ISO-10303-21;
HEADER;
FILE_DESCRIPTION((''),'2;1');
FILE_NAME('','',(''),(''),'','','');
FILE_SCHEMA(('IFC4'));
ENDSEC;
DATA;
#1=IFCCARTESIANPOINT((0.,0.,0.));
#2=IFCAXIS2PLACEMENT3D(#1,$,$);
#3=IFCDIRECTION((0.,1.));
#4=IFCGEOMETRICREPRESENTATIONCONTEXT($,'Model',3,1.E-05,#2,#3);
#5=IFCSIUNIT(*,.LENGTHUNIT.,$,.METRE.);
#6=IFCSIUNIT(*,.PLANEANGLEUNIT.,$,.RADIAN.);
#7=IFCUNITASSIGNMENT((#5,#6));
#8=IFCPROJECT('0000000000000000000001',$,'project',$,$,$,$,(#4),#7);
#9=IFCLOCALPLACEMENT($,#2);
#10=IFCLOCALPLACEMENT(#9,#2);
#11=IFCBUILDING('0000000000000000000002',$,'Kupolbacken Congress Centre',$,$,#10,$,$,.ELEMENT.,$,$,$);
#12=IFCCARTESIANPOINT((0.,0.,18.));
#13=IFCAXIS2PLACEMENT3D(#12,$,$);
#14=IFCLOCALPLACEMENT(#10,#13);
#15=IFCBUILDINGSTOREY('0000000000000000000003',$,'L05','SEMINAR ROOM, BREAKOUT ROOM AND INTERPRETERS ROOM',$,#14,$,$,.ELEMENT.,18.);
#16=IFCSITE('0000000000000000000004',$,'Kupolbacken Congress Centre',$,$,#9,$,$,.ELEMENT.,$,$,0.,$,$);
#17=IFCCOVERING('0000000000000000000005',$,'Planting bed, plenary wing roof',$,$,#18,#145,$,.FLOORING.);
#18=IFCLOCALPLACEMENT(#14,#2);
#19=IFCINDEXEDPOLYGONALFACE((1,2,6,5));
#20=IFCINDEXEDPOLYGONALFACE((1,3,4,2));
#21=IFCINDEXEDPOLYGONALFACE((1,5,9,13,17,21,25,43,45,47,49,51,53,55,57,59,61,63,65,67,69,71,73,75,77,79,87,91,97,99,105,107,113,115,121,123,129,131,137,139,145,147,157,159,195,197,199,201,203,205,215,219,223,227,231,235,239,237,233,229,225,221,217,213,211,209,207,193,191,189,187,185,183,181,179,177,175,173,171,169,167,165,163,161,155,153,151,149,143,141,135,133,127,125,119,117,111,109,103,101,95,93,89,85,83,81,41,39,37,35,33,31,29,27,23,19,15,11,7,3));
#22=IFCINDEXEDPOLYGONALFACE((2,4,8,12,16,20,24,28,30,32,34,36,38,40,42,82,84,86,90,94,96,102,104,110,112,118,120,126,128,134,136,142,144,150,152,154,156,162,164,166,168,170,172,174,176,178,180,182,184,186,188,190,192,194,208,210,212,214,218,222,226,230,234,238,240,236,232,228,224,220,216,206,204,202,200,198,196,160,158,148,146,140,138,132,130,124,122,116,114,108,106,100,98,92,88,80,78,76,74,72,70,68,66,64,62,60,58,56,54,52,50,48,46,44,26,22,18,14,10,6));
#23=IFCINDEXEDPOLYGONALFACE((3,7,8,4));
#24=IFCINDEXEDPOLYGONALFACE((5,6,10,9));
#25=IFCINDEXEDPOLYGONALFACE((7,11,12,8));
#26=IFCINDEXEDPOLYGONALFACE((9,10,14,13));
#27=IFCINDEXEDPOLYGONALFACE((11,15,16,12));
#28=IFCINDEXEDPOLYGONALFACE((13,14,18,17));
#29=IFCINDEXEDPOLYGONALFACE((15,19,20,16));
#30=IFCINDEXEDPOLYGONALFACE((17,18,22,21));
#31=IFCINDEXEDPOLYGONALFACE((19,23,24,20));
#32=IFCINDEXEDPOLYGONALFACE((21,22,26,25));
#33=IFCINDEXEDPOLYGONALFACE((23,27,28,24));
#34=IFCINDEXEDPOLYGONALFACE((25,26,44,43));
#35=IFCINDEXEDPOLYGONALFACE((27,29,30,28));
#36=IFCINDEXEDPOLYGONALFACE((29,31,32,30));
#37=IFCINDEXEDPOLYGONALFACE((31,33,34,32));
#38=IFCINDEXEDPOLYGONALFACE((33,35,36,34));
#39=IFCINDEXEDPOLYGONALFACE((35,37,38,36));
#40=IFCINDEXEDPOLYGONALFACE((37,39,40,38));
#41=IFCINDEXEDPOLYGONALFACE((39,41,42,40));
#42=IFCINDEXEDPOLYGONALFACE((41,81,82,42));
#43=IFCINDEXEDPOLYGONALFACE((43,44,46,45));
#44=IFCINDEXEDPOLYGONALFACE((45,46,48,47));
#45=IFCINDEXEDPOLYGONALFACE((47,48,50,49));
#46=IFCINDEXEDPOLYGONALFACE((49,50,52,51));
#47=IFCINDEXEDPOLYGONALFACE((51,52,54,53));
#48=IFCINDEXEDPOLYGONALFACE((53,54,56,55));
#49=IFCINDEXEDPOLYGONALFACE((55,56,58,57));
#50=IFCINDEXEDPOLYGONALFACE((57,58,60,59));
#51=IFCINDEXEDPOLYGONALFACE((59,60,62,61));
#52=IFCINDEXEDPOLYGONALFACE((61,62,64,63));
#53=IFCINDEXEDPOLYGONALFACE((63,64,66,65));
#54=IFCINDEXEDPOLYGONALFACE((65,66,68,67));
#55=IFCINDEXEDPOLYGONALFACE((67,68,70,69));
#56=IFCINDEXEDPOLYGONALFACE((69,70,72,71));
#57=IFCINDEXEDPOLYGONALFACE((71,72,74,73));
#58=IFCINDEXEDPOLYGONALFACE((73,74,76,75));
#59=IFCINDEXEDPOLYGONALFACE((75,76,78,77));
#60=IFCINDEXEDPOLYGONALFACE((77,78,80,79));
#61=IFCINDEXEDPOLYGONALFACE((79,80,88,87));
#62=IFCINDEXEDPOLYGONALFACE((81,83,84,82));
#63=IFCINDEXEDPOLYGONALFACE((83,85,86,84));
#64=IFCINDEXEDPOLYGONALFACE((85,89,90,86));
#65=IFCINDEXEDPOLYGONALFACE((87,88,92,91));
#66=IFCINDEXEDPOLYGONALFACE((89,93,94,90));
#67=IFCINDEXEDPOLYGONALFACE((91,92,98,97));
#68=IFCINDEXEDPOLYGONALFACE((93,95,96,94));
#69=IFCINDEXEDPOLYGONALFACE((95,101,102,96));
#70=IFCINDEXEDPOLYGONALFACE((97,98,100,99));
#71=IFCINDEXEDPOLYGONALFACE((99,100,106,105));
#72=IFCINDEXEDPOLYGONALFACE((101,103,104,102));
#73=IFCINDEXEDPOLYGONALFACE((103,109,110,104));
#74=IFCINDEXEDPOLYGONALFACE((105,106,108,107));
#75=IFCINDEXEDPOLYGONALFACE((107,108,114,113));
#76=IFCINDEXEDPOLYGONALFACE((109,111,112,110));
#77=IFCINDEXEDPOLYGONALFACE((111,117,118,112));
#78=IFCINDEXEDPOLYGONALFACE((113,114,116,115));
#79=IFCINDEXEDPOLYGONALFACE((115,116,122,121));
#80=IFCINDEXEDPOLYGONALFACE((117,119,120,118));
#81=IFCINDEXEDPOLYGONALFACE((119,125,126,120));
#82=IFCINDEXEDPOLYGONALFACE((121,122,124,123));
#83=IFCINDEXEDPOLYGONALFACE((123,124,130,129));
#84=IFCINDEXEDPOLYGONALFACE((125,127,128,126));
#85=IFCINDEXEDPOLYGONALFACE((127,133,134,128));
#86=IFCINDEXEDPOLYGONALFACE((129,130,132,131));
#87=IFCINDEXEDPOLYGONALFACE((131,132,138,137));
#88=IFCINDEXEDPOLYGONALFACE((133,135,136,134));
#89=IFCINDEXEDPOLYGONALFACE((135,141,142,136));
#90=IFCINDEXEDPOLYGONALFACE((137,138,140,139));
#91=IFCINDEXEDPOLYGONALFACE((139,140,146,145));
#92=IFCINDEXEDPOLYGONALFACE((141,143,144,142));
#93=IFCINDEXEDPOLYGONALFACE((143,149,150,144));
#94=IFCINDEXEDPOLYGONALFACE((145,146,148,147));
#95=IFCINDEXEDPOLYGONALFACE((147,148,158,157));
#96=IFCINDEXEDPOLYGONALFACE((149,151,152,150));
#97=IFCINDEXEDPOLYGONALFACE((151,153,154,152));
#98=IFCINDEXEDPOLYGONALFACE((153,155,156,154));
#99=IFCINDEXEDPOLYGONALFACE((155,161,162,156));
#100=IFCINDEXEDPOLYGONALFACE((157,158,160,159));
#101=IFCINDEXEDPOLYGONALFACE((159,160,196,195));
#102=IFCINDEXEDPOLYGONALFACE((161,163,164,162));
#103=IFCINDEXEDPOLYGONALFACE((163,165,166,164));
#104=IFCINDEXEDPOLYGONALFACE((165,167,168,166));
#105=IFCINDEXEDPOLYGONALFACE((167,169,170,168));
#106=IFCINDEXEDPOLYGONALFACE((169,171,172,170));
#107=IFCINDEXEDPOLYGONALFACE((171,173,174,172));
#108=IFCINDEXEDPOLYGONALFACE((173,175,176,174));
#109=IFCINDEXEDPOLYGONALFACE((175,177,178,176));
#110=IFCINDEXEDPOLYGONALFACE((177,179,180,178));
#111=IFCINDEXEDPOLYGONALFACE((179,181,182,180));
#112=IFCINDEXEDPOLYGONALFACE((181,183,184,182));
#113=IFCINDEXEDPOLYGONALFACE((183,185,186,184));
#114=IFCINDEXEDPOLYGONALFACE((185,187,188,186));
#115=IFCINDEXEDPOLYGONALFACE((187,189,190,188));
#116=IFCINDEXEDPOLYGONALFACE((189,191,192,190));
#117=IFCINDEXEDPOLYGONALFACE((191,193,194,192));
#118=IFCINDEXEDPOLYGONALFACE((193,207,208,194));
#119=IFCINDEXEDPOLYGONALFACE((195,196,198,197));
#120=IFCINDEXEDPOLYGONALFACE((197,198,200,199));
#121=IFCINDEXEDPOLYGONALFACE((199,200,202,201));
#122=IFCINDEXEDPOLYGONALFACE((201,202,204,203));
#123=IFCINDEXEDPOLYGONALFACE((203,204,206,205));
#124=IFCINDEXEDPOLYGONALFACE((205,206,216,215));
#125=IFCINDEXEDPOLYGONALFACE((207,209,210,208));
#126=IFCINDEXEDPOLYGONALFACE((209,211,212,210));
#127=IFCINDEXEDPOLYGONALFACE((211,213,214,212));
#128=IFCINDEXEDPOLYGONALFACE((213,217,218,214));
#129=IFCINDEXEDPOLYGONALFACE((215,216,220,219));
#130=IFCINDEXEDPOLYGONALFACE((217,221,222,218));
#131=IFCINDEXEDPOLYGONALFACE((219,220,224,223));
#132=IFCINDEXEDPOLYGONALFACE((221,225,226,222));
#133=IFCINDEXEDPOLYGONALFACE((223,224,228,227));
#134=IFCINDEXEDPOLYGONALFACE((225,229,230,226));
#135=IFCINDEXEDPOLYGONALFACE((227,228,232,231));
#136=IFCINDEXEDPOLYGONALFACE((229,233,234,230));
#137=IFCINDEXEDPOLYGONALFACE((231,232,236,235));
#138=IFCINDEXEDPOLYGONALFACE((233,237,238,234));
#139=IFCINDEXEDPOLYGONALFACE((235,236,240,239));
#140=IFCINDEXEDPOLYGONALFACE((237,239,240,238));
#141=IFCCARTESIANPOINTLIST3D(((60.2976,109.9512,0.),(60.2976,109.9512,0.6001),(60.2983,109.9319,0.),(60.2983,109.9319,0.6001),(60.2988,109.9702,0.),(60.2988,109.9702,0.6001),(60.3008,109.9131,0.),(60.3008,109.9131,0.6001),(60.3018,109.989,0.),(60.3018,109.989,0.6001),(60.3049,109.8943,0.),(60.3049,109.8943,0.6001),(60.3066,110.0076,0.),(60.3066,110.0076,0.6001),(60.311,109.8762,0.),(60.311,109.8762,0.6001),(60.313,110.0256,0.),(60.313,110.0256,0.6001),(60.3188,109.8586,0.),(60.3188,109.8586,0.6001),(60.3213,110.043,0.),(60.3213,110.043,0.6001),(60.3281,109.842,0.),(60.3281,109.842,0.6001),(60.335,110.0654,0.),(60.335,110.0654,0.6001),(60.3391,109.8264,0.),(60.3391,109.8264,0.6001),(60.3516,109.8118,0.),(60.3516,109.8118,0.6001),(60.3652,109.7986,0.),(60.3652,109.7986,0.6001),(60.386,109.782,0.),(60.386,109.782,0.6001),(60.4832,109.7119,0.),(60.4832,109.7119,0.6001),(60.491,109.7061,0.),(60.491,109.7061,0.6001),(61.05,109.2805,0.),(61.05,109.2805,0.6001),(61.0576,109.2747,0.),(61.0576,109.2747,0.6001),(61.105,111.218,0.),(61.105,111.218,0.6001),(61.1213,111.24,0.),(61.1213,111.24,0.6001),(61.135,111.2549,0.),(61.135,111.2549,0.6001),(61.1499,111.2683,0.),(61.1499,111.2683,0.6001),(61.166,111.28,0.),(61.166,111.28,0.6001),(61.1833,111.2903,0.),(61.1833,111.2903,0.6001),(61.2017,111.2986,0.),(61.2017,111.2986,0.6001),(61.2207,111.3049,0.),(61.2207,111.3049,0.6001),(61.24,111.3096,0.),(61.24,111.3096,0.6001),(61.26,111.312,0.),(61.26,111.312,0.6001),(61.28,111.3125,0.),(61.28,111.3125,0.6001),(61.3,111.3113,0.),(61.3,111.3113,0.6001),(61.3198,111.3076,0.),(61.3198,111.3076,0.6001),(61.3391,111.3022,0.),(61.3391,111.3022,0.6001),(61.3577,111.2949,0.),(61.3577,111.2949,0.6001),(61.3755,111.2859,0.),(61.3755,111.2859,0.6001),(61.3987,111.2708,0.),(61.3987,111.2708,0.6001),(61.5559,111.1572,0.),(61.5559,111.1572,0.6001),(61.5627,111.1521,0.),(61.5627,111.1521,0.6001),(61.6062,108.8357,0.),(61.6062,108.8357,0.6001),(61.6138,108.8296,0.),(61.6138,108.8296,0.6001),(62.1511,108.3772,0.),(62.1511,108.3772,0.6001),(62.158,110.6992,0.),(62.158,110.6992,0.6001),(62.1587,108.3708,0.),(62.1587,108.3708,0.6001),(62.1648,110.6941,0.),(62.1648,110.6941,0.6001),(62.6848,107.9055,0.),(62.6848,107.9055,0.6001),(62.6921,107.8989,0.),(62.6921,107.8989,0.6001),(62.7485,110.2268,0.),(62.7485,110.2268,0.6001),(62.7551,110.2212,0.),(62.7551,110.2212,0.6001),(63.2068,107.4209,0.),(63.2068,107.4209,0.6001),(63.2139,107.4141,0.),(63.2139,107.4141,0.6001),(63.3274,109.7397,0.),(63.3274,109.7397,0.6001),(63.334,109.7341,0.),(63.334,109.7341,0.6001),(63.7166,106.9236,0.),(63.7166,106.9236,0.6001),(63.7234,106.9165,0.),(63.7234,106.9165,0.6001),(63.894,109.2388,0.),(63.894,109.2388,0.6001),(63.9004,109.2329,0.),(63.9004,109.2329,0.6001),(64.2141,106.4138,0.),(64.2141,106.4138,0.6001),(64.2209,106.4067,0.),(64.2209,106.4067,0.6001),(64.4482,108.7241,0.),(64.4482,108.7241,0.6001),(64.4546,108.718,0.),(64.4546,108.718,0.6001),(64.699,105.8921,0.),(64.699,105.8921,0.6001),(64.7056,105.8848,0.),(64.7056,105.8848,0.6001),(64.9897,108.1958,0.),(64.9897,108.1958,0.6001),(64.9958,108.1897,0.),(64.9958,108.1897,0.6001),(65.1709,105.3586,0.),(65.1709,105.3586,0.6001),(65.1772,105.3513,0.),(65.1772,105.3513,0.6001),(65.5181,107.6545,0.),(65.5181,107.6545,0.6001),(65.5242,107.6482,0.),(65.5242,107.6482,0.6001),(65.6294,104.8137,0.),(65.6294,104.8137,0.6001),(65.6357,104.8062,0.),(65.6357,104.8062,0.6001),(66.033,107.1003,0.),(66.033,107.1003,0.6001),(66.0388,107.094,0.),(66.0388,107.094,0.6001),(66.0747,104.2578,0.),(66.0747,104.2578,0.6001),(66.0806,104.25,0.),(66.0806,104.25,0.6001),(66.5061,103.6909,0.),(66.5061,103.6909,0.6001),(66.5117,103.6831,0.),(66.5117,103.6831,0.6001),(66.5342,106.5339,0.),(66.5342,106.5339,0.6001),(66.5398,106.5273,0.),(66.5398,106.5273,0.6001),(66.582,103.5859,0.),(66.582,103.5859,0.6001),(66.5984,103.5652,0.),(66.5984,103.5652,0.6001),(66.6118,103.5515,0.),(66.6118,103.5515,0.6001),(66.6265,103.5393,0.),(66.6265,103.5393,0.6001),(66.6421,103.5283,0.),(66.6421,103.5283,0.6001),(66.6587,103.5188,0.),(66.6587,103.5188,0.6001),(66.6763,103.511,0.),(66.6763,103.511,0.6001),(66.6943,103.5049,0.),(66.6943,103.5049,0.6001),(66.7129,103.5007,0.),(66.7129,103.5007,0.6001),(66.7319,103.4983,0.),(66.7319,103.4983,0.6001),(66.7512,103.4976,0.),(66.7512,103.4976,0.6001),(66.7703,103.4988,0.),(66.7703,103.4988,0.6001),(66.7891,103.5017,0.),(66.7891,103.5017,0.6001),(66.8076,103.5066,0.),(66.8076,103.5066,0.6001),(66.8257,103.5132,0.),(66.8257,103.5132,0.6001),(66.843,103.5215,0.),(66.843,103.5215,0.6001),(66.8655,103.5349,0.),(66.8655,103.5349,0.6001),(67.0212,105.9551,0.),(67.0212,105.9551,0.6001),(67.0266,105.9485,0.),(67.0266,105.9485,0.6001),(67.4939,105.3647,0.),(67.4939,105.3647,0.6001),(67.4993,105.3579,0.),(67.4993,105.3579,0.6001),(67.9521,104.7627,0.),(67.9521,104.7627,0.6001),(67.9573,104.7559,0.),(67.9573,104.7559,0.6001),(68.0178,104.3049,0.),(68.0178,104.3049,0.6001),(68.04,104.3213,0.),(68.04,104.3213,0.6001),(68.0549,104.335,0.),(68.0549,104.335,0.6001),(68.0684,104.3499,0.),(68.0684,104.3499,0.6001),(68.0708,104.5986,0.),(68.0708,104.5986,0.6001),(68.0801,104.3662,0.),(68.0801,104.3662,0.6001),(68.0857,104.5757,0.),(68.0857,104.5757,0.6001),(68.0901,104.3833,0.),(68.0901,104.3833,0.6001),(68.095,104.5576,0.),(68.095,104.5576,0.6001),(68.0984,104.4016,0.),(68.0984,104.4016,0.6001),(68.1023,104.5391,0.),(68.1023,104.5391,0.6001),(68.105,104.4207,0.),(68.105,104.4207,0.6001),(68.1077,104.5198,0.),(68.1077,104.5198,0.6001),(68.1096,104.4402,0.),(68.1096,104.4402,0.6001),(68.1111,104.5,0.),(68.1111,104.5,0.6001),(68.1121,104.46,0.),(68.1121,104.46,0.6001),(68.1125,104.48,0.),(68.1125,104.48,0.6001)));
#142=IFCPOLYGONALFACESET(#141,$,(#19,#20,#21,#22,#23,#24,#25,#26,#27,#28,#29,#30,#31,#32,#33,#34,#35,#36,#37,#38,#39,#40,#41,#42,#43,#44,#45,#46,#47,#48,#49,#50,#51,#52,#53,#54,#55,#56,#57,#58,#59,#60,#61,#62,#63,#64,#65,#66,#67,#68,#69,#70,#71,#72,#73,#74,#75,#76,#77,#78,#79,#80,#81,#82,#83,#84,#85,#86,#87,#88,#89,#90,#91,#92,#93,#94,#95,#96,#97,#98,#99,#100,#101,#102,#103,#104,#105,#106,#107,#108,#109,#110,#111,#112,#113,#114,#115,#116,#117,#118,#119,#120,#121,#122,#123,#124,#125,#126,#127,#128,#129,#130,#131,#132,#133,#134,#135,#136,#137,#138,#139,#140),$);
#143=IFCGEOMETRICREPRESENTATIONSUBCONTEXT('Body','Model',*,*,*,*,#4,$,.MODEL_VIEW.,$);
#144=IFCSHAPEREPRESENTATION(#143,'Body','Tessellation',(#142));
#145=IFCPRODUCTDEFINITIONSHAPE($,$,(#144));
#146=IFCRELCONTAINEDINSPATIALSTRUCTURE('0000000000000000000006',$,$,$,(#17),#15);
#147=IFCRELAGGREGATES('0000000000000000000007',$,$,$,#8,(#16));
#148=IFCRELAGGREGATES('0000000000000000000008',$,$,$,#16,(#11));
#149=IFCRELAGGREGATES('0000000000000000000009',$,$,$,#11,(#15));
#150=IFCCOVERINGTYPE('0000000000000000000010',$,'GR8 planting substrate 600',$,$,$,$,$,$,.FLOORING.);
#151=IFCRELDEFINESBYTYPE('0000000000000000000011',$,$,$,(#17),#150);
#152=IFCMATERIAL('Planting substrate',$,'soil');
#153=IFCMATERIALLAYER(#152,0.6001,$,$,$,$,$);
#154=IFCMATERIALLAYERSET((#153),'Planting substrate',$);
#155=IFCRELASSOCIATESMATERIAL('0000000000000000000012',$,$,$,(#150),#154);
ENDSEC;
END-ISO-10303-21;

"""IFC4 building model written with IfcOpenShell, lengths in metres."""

from ifc_helpers import new_model, si_unit, direction, frame, origin, place, context, subcontext, project, spatial, polyline, outline, extrude, material, layer, layer_set, type_object, element, save


model = new_model("IFC4")

# Units and contexts
model_context = context("Model", 3, precision=1e-05, world=origin(), true_north=direction((0.0, 1.0)))
body_context = subcontext(model_context, "Body", "Model", "MODEL_VIEW")
ifc_project = project(units=[si_unit("LENGTHUNIT", "METRE"), si_unit("PLANEANGLEUNIT", "RADIAN")], contexts=[model_context])

# Site, building, storey
site_placement = place(None, origin())
site = spatial("IfcSite", under=ifc_project, at=site_placement, Name="Kupolbacken Congress Centre", CompositionType="ELEMENT", RefElevation=0.0)
building_placement = place(site_placement, origin())
building = spatial("IfcBuilding", under=site, at=building_placement, Name="Kupolbacken Congress Centre", CompositionType="ELEMENT")
storey_placement = place(building_placement, frame((0.0, 0.0, 18.0)))
storey = spatial("IfcBuildingStorey", under=building, at=storey_placement, Name="L05", Description="SEMINAR ROOM, BREAKOUT ROOM AND INTERPRETERS ROOM", CompositionType="ELEMENT", Elevation=18.0)

# Covering
ifc_material_1 = material(Name="Planting substrate", Category="soil")
ifc_layer_1 = layer(ifc_material_1, 0.6001)
ifc_layer_set_1 = layer_set([ifc_layer_1], Name="Planting substrate")
covering_type_1 = type_object("IfcCoveringType", Name="GR8 planting substrate 600", PredefinedType="FLOORING", material=ifc_layer_set_1)
covering_1_placement = place(storey_placement, origin())
element("IfcCovering", 1, at=covering_1_placement, inside=storey, type_object=covering_type_1, Name="Planting bed, plenary wing roof", PredefinedType="FLOORING", context=body_context, shape_type="SweptSolid", body=[
    extrude(outline(polyline([(66.5117, 103.6831), (66.5061, 103.6909), (66.0806, 104.25), (66.0747, 104.2578), (65.6357, 104.8062), (65.6294, 104.8137), (65.1772, 105.3513), (65.1709, 105.3586), (64.7056, 105.8848), (64.699, 105.8921), (64.2209, 106.4067), (64.2141, 106.4138), (63.7234, 106.9165), (63.7166, 106.9236), (63.2139, 107.4141), (63.2068, 107.4209), (62.6921, 107.8989), (62.6848, 107.9055), (62.1587, 108.3708), (62.1511, 108.3772), (61.6138, 108.8296), (61.6062, 108.8357), (61.0576, 109.2747), (61.05, 109.2805), (60.491, 109.7061), (60.4832, 109.7119), (60.386, 109.782), (60.3652, 109.7986), (60.3516, 109.8118), (60.3391, 109.8264), (60.3281, 109.842), (60.3188, 109.8586), (60.311, 109.8762), (60.3049, 109.8943), (60.3008, 109.9131), (60.2983, 109.9319), (60.2976, 109.9512), (60.2988, 109.9702), (60.3018, 109.989), (60.3066, 110.0076), (60.313, 110.0256), (60.3213, 110.043), (60.335, 110.0654), (61.105, 111.218), (61.1213, 111.24), (61.135, 111.2549), (61.1499, 111.2683), (61.166, 111.28), (61.1833, 111.2903), (61.2017, 111.2986), (61.2207, 111.3049), (61.24, 111.3096), (61.26, 111.312), (61.28, 111.3125), (61.3, 111.3113), (61.3198, 111.3076), (61.3391, 111.3022), (61.3577, 111.2949), (61.3755, 111.2859), (61.3987, 111.2708), (61.5559, 111.1572), (61.5627, 111.1521), (62.158, 110.6992), (62.1648, 110.6941), (62.7485, 110.2268), (62.7551, 110.2212), (63.3274, 109.7397), (63.334, 109.7341), (63.894, 109.2388), (63.9004, 109.2329), (64.4482, 108.7241), (64.4546, 108.718), (64.9897, 108.1958), (64.9958, 108.1897), (65.5181, 107.6545), (65.5242, 107.6482), (66.033, 107.1003), (66.0388, 107.094), (66.5342, 106.5339), (66.5398, 106.5273), (67.0212, 105.9551), (67.0266, 105.9485), (67.4939, 105.3647), (67.4993, 105.3579), (67.9521, 104.7627), (67.9573, 104.7559), (68.0708, 104.5986), (68.0857, 104.5757), (68.095, 104.5576), (68.1023, 104.5391), (68.1077, 104.5198), (68.1111, 104.5), (68.1125, 104.48), (68.1121, 104.46), (68.1096, 104.4402), (68.105, 104.4207), (68.0984, 104.4016), (68.0901, 104.3833), (68.0801, 104.3662), (68.0684, 104.3499), (68.0549, 104.335), (68.04, 104.3213), (68.0178, 104.3049), (66.8655, 103.5349), (66.843, 103.5215), (66.8257, 103.5132), (66.8076, 103.5066), (66.7891, 103.5017), (66.7703, 103.4988), (66.7512, 103.4976), (66.7319, 103.4983), (66.7129, 103.5007), (66.6943, 103.5049), (66.6763, 103.511), (66.6587, 103.5188), (66.6421, 103.5283), (66.6265, 103.5393), (66.6118, 103.5515), (66.5984, 103.5652), (66.582, 103.5859), (66.5117, 103.6831)])), origin(), (0.0, 0.0, 1.0), 0.6001),
])

save(model, "model.ifc")
